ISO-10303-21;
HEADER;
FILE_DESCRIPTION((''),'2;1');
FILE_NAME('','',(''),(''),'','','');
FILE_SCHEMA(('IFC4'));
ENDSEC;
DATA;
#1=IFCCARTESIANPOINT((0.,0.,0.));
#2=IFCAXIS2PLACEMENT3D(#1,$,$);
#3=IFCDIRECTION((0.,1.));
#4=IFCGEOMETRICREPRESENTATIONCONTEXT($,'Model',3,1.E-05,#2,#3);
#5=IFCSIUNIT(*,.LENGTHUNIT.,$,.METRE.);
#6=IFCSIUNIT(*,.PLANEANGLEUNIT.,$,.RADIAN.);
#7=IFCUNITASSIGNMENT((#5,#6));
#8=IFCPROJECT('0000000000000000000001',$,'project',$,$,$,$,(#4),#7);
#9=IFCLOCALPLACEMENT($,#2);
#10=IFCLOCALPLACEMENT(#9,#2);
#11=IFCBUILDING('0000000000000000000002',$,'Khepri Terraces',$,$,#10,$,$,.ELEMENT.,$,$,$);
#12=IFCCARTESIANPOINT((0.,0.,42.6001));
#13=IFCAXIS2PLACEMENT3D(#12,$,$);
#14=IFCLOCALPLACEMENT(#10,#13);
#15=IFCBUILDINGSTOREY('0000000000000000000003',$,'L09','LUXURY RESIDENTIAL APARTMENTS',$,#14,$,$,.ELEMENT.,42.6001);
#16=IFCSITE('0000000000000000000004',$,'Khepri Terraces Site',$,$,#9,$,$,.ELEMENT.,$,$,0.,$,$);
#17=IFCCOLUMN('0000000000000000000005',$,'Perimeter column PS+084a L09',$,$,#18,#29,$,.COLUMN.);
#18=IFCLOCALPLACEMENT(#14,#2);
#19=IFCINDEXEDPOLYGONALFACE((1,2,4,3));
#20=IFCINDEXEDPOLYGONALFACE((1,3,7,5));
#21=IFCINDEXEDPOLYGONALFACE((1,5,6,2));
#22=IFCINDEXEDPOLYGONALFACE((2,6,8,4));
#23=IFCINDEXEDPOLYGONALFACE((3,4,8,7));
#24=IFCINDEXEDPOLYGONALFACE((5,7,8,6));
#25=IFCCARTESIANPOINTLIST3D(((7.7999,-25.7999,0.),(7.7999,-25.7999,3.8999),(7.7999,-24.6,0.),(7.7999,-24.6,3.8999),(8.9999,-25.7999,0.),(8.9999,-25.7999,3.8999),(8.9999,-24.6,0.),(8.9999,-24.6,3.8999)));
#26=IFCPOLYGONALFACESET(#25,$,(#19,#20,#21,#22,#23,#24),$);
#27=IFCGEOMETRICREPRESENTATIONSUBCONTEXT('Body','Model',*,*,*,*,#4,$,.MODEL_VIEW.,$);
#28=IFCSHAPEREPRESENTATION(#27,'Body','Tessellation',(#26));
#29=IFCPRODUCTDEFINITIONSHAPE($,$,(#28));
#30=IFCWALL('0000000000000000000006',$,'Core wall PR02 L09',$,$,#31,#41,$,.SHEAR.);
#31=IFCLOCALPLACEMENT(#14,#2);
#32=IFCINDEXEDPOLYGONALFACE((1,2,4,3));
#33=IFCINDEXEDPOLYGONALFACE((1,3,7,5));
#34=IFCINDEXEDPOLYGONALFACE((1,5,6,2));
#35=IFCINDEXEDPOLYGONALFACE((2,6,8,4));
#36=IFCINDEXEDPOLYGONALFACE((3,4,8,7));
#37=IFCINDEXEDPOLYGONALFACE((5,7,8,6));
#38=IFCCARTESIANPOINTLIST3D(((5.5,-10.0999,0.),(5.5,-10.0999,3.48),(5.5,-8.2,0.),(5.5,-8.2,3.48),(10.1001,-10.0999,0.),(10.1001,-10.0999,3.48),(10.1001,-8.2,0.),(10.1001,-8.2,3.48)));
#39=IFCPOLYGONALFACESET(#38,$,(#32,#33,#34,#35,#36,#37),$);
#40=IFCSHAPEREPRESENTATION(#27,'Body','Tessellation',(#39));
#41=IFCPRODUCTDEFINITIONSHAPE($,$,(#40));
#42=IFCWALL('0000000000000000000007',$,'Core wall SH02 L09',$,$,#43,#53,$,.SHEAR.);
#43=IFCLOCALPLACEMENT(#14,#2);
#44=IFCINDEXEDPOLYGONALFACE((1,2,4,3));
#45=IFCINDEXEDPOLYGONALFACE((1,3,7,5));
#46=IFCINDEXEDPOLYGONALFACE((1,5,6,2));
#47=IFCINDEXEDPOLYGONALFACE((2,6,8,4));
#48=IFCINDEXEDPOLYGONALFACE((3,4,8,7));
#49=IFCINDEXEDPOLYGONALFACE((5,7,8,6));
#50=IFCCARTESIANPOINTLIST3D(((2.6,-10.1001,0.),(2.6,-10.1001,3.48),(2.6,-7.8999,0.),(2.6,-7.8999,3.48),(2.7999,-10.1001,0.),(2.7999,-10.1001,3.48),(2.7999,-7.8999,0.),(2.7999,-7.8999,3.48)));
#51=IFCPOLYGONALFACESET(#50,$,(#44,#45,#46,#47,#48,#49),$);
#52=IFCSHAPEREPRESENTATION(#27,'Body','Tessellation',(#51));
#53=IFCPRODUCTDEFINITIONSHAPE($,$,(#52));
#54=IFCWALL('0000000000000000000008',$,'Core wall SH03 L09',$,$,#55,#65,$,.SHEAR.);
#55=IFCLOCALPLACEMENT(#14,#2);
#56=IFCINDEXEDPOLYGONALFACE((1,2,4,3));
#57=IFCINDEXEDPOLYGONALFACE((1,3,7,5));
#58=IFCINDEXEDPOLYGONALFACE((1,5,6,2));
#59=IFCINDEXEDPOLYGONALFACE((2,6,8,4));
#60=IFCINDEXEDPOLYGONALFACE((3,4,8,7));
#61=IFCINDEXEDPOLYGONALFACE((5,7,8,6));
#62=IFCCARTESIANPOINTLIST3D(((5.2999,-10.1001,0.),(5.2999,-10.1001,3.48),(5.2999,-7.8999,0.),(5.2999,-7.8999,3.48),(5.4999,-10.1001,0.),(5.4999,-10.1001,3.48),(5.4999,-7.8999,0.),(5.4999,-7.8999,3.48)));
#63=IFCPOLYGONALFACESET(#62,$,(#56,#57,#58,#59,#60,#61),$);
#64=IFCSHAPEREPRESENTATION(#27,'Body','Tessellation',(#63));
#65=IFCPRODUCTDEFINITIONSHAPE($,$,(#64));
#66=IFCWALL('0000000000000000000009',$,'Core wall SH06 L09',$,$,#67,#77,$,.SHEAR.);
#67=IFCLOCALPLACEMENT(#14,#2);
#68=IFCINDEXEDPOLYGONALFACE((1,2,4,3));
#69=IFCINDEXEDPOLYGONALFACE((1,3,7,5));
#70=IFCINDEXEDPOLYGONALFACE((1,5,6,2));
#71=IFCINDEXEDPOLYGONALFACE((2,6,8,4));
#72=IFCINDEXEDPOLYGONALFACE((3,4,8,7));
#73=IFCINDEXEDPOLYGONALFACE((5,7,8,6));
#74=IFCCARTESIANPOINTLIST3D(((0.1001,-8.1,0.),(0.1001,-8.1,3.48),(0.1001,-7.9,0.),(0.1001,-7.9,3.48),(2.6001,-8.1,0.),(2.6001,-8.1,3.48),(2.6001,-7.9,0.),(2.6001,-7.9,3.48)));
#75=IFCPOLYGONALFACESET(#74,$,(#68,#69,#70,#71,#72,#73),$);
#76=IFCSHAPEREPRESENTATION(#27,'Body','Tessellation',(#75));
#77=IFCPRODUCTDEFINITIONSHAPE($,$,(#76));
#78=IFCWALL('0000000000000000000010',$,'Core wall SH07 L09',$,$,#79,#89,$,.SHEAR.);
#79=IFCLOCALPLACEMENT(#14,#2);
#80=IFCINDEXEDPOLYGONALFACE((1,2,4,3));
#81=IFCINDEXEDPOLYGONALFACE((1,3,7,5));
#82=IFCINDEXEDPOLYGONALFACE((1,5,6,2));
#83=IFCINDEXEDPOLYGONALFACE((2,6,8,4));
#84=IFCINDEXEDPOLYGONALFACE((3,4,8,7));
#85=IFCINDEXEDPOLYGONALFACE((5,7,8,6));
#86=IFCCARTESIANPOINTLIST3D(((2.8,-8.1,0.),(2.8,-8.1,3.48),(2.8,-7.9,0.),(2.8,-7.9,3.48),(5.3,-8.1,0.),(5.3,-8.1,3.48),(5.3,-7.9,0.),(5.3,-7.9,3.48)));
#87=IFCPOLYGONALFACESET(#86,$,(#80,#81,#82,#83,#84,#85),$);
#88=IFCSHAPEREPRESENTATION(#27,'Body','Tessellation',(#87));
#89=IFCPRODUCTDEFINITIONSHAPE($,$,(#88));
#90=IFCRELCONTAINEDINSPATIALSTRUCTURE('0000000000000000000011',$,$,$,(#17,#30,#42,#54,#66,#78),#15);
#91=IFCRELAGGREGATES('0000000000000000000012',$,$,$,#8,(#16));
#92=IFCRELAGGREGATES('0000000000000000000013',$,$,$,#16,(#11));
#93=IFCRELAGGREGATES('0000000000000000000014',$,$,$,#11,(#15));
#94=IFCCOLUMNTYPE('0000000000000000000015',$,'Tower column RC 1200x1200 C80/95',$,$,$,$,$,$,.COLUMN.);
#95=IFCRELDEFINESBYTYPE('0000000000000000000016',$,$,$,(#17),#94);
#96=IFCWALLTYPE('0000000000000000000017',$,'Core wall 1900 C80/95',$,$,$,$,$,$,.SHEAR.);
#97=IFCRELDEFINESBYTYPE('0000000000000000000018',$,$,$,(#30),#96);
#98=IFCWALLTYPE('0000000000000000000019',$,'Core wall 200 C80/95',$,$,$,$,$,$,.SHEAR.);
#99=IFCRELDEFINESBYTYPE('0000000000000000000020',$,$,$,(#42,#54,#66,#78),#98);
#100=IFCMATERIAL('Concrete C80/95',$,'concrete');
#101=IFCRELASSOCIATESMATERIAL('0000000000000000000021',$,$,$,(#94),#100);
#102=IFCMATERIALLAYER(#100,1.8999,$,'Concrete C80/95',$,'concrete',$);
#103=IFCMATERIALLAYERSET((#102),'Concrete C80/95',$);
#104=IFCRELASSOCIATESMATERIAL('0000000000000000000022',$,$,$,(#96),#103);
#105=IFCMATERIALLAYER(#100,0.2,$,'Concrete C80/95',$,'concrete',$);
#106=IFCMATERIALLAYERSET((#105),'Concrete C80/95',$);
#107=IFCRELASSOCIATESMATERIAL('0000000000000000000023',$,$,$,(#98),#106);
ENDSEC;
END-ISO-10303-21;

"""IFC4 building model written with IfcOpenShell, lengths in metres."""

from ifc_helpers import new_model, si_unit, direction, frame, frame_2d, origin, origin_2d, place, context, subcontext, project, spatial, rectangle, extrude, material, layer, layer_set, material_profile, profile_set, type_object, element, save


model = new_model("IFC4")

# Units and contexts
model_context = context("Model", 3, precision=1e-05, world=origin(), true_north=direction((0.0, 1.0)))
body_context = subcontext(model_context, "Body", "Model", "MODEL_VIEW")
ifc_project = project(units=[si_unit("LENGTHUNIT", "METRE"), si_unit("PLANEANGLEUNIT", "RADIAN")], contexts=[model_context])

# Site, building, storey
site_placement = place(None, origin())
site = spatial("IfcSite", under=ifc_project, at=site_placement, Name="Khepri Terraces Site", CompositionType="ELEMENT", RefElevation=0.0)
building_placement = place(site_placement, origin())
building = spatial("IfcBuilding", under=site, at=building_placement, Name="Khepri Terraces", CompositionType="ELEMENT")
storey_placement = place(building_placement, frame((0.0, 0.0, 42.6001)))
storey = spatial("IfcBuildingStorey", under=building, at=storey_placement, Name="L09", Description="LUXURY RESIDENTIAL APARTMENTS", CompositionType="ELEMENT", Elevation=42.6001)

# Column
ifc_material_1 = material(Name="Concrete C80/95", Category="concrete")
ifc_material_profile = material_profile(ifc_material_1, rectangle(XDim=1.2, YDim=1.2, at=origin_2d()), Name="Concrete C80/95", Category="concrete")
ifc_profile_set = profile_set([ifc_material_profile], Name="Concrete C80/95")
column_type = type_object("IfcColumnType", Name="Tower column RC 1200x1200 C80/95", PredefinedType="COLUMN", material=ifc_profile_set)
column_placement = place(storey_placement, frame((8.3999, -25.2, 0.0), z_axis=(0.0, 0.0, 1.0), x_axis=(1.0, 0.0, 0.0)))
element("IfcColumn", 1, at=column_placement, inside=storey, type_object=column_type, Name="Perimeter column PS+084a L09", PredefinedType="COLUMN", context=body_context, shape_type="SweptSolid", body=[
    extrude(rectangle(XDim=1.2, YDim=1.2, at=origin_2d()), origin(), (0.0, 0.0, 1.0), 3.8999),
])

# Walls
ifc_layer_1 = layer(ifc_material_1, 1.8999, Name="Concrete C80/95", Category="concrete")
ifc_layer_set_1 = layer_set([ifc_layer_1], Name="Concrete C80/95")
wall_type_1 = type_object("IfcWallType", Name="Core wall 1900 C80/95", PredefinedType="SHEAR", material=ifc_layer_set_1)
wall_1_placement = place(storey_placement, frame((5.5, -9.1499, 0.0), z_axis=(0.0, 0.0, 1.0), x_axis=(1.0, 0.0, 0.0)))
element("IfcWall", 2, at=wall_1_placement, inside=storey, type_object=wall_type_1, Name="Core wall PR02 L09", PredefinedType="SHEAR", context=body_context, shape_type="SweptSolid", body=[
    extrude(rectangle(XDim=4.6001, YDim=1.8999, at=frame_2d((2.3, 0.0))), origin(), (0.0, 0.0, 1.0), 3.48),
])
ifc_layer_2 = layer(ifc_material_1, 0.2, Name="Concrete C80/95", Category="concrete")
ifc_layer_set_2 = layer_set([ifc_layer_2], Name="Concrete C80/95")
wall_type_2 = type_object("IfcWallType", Name="Core wall 200 C80/95", PredefinedType="SHEAR", material=ifc_layer_set_2)
for number, where, z_axis, x_axis, name in (
    (3, (2.7, -10.1001, 0.0), (0.0, 0.0, 1.0), (0.0, 1.0, 0.0), "Core wall SH02 L09"),
    (4, (5.3999, -10.1001, 0.0), (0.0, 0.0, 1.0), (0.0, 1.0, 0.0), "Core wall SH03 L09"),
):
    element("IfcWall", number, at=place(storey_placement, frame(where, z_axis=z_axis, x_axis=x_axis)), inside=storey, type_object=wall_type_2, Name=name, PredefinedType="SHEAR", context=body_context, shape_type="SweptSolid", body=[
        extrude(rectangle(XDim=2.2002, YDim=0.2, at=frame_2d((1.1001, 0.0))), origin(), (0.0, 0.0, 1.0), 3.48),
    ])
for number, where, z_axis, x_axis, name in (
    (5, (0.1001, -8.0, 0.0), (0.0, 0.0, 1.0), (1.0, 0.0, 0.0), "Core wall SH06 L09"),
    (6, (2.8, -8.0, 0.0), (0.0, 0.0, 1.0), (1.0, 0.0, 0.0), "Core wall SH07 L09"),
):
    element("IfcWall", number, at=place(storey_placement, frame(where, z_axis=z_axis, x_axis=x_axis)), inside=storey, type_object=wall_type_2, Name=name, PredefinedType="SHEAR", context=body_context, shape_type="SweptSolid", body=[
        extrude(rectangle(XDim=2.5, YDim=0.2, at=frame_2d((1.25, 0.0))), origin(), (0.0, 0.0, 1.0), 3.48),
    ])

save(model, "model.ifc")
